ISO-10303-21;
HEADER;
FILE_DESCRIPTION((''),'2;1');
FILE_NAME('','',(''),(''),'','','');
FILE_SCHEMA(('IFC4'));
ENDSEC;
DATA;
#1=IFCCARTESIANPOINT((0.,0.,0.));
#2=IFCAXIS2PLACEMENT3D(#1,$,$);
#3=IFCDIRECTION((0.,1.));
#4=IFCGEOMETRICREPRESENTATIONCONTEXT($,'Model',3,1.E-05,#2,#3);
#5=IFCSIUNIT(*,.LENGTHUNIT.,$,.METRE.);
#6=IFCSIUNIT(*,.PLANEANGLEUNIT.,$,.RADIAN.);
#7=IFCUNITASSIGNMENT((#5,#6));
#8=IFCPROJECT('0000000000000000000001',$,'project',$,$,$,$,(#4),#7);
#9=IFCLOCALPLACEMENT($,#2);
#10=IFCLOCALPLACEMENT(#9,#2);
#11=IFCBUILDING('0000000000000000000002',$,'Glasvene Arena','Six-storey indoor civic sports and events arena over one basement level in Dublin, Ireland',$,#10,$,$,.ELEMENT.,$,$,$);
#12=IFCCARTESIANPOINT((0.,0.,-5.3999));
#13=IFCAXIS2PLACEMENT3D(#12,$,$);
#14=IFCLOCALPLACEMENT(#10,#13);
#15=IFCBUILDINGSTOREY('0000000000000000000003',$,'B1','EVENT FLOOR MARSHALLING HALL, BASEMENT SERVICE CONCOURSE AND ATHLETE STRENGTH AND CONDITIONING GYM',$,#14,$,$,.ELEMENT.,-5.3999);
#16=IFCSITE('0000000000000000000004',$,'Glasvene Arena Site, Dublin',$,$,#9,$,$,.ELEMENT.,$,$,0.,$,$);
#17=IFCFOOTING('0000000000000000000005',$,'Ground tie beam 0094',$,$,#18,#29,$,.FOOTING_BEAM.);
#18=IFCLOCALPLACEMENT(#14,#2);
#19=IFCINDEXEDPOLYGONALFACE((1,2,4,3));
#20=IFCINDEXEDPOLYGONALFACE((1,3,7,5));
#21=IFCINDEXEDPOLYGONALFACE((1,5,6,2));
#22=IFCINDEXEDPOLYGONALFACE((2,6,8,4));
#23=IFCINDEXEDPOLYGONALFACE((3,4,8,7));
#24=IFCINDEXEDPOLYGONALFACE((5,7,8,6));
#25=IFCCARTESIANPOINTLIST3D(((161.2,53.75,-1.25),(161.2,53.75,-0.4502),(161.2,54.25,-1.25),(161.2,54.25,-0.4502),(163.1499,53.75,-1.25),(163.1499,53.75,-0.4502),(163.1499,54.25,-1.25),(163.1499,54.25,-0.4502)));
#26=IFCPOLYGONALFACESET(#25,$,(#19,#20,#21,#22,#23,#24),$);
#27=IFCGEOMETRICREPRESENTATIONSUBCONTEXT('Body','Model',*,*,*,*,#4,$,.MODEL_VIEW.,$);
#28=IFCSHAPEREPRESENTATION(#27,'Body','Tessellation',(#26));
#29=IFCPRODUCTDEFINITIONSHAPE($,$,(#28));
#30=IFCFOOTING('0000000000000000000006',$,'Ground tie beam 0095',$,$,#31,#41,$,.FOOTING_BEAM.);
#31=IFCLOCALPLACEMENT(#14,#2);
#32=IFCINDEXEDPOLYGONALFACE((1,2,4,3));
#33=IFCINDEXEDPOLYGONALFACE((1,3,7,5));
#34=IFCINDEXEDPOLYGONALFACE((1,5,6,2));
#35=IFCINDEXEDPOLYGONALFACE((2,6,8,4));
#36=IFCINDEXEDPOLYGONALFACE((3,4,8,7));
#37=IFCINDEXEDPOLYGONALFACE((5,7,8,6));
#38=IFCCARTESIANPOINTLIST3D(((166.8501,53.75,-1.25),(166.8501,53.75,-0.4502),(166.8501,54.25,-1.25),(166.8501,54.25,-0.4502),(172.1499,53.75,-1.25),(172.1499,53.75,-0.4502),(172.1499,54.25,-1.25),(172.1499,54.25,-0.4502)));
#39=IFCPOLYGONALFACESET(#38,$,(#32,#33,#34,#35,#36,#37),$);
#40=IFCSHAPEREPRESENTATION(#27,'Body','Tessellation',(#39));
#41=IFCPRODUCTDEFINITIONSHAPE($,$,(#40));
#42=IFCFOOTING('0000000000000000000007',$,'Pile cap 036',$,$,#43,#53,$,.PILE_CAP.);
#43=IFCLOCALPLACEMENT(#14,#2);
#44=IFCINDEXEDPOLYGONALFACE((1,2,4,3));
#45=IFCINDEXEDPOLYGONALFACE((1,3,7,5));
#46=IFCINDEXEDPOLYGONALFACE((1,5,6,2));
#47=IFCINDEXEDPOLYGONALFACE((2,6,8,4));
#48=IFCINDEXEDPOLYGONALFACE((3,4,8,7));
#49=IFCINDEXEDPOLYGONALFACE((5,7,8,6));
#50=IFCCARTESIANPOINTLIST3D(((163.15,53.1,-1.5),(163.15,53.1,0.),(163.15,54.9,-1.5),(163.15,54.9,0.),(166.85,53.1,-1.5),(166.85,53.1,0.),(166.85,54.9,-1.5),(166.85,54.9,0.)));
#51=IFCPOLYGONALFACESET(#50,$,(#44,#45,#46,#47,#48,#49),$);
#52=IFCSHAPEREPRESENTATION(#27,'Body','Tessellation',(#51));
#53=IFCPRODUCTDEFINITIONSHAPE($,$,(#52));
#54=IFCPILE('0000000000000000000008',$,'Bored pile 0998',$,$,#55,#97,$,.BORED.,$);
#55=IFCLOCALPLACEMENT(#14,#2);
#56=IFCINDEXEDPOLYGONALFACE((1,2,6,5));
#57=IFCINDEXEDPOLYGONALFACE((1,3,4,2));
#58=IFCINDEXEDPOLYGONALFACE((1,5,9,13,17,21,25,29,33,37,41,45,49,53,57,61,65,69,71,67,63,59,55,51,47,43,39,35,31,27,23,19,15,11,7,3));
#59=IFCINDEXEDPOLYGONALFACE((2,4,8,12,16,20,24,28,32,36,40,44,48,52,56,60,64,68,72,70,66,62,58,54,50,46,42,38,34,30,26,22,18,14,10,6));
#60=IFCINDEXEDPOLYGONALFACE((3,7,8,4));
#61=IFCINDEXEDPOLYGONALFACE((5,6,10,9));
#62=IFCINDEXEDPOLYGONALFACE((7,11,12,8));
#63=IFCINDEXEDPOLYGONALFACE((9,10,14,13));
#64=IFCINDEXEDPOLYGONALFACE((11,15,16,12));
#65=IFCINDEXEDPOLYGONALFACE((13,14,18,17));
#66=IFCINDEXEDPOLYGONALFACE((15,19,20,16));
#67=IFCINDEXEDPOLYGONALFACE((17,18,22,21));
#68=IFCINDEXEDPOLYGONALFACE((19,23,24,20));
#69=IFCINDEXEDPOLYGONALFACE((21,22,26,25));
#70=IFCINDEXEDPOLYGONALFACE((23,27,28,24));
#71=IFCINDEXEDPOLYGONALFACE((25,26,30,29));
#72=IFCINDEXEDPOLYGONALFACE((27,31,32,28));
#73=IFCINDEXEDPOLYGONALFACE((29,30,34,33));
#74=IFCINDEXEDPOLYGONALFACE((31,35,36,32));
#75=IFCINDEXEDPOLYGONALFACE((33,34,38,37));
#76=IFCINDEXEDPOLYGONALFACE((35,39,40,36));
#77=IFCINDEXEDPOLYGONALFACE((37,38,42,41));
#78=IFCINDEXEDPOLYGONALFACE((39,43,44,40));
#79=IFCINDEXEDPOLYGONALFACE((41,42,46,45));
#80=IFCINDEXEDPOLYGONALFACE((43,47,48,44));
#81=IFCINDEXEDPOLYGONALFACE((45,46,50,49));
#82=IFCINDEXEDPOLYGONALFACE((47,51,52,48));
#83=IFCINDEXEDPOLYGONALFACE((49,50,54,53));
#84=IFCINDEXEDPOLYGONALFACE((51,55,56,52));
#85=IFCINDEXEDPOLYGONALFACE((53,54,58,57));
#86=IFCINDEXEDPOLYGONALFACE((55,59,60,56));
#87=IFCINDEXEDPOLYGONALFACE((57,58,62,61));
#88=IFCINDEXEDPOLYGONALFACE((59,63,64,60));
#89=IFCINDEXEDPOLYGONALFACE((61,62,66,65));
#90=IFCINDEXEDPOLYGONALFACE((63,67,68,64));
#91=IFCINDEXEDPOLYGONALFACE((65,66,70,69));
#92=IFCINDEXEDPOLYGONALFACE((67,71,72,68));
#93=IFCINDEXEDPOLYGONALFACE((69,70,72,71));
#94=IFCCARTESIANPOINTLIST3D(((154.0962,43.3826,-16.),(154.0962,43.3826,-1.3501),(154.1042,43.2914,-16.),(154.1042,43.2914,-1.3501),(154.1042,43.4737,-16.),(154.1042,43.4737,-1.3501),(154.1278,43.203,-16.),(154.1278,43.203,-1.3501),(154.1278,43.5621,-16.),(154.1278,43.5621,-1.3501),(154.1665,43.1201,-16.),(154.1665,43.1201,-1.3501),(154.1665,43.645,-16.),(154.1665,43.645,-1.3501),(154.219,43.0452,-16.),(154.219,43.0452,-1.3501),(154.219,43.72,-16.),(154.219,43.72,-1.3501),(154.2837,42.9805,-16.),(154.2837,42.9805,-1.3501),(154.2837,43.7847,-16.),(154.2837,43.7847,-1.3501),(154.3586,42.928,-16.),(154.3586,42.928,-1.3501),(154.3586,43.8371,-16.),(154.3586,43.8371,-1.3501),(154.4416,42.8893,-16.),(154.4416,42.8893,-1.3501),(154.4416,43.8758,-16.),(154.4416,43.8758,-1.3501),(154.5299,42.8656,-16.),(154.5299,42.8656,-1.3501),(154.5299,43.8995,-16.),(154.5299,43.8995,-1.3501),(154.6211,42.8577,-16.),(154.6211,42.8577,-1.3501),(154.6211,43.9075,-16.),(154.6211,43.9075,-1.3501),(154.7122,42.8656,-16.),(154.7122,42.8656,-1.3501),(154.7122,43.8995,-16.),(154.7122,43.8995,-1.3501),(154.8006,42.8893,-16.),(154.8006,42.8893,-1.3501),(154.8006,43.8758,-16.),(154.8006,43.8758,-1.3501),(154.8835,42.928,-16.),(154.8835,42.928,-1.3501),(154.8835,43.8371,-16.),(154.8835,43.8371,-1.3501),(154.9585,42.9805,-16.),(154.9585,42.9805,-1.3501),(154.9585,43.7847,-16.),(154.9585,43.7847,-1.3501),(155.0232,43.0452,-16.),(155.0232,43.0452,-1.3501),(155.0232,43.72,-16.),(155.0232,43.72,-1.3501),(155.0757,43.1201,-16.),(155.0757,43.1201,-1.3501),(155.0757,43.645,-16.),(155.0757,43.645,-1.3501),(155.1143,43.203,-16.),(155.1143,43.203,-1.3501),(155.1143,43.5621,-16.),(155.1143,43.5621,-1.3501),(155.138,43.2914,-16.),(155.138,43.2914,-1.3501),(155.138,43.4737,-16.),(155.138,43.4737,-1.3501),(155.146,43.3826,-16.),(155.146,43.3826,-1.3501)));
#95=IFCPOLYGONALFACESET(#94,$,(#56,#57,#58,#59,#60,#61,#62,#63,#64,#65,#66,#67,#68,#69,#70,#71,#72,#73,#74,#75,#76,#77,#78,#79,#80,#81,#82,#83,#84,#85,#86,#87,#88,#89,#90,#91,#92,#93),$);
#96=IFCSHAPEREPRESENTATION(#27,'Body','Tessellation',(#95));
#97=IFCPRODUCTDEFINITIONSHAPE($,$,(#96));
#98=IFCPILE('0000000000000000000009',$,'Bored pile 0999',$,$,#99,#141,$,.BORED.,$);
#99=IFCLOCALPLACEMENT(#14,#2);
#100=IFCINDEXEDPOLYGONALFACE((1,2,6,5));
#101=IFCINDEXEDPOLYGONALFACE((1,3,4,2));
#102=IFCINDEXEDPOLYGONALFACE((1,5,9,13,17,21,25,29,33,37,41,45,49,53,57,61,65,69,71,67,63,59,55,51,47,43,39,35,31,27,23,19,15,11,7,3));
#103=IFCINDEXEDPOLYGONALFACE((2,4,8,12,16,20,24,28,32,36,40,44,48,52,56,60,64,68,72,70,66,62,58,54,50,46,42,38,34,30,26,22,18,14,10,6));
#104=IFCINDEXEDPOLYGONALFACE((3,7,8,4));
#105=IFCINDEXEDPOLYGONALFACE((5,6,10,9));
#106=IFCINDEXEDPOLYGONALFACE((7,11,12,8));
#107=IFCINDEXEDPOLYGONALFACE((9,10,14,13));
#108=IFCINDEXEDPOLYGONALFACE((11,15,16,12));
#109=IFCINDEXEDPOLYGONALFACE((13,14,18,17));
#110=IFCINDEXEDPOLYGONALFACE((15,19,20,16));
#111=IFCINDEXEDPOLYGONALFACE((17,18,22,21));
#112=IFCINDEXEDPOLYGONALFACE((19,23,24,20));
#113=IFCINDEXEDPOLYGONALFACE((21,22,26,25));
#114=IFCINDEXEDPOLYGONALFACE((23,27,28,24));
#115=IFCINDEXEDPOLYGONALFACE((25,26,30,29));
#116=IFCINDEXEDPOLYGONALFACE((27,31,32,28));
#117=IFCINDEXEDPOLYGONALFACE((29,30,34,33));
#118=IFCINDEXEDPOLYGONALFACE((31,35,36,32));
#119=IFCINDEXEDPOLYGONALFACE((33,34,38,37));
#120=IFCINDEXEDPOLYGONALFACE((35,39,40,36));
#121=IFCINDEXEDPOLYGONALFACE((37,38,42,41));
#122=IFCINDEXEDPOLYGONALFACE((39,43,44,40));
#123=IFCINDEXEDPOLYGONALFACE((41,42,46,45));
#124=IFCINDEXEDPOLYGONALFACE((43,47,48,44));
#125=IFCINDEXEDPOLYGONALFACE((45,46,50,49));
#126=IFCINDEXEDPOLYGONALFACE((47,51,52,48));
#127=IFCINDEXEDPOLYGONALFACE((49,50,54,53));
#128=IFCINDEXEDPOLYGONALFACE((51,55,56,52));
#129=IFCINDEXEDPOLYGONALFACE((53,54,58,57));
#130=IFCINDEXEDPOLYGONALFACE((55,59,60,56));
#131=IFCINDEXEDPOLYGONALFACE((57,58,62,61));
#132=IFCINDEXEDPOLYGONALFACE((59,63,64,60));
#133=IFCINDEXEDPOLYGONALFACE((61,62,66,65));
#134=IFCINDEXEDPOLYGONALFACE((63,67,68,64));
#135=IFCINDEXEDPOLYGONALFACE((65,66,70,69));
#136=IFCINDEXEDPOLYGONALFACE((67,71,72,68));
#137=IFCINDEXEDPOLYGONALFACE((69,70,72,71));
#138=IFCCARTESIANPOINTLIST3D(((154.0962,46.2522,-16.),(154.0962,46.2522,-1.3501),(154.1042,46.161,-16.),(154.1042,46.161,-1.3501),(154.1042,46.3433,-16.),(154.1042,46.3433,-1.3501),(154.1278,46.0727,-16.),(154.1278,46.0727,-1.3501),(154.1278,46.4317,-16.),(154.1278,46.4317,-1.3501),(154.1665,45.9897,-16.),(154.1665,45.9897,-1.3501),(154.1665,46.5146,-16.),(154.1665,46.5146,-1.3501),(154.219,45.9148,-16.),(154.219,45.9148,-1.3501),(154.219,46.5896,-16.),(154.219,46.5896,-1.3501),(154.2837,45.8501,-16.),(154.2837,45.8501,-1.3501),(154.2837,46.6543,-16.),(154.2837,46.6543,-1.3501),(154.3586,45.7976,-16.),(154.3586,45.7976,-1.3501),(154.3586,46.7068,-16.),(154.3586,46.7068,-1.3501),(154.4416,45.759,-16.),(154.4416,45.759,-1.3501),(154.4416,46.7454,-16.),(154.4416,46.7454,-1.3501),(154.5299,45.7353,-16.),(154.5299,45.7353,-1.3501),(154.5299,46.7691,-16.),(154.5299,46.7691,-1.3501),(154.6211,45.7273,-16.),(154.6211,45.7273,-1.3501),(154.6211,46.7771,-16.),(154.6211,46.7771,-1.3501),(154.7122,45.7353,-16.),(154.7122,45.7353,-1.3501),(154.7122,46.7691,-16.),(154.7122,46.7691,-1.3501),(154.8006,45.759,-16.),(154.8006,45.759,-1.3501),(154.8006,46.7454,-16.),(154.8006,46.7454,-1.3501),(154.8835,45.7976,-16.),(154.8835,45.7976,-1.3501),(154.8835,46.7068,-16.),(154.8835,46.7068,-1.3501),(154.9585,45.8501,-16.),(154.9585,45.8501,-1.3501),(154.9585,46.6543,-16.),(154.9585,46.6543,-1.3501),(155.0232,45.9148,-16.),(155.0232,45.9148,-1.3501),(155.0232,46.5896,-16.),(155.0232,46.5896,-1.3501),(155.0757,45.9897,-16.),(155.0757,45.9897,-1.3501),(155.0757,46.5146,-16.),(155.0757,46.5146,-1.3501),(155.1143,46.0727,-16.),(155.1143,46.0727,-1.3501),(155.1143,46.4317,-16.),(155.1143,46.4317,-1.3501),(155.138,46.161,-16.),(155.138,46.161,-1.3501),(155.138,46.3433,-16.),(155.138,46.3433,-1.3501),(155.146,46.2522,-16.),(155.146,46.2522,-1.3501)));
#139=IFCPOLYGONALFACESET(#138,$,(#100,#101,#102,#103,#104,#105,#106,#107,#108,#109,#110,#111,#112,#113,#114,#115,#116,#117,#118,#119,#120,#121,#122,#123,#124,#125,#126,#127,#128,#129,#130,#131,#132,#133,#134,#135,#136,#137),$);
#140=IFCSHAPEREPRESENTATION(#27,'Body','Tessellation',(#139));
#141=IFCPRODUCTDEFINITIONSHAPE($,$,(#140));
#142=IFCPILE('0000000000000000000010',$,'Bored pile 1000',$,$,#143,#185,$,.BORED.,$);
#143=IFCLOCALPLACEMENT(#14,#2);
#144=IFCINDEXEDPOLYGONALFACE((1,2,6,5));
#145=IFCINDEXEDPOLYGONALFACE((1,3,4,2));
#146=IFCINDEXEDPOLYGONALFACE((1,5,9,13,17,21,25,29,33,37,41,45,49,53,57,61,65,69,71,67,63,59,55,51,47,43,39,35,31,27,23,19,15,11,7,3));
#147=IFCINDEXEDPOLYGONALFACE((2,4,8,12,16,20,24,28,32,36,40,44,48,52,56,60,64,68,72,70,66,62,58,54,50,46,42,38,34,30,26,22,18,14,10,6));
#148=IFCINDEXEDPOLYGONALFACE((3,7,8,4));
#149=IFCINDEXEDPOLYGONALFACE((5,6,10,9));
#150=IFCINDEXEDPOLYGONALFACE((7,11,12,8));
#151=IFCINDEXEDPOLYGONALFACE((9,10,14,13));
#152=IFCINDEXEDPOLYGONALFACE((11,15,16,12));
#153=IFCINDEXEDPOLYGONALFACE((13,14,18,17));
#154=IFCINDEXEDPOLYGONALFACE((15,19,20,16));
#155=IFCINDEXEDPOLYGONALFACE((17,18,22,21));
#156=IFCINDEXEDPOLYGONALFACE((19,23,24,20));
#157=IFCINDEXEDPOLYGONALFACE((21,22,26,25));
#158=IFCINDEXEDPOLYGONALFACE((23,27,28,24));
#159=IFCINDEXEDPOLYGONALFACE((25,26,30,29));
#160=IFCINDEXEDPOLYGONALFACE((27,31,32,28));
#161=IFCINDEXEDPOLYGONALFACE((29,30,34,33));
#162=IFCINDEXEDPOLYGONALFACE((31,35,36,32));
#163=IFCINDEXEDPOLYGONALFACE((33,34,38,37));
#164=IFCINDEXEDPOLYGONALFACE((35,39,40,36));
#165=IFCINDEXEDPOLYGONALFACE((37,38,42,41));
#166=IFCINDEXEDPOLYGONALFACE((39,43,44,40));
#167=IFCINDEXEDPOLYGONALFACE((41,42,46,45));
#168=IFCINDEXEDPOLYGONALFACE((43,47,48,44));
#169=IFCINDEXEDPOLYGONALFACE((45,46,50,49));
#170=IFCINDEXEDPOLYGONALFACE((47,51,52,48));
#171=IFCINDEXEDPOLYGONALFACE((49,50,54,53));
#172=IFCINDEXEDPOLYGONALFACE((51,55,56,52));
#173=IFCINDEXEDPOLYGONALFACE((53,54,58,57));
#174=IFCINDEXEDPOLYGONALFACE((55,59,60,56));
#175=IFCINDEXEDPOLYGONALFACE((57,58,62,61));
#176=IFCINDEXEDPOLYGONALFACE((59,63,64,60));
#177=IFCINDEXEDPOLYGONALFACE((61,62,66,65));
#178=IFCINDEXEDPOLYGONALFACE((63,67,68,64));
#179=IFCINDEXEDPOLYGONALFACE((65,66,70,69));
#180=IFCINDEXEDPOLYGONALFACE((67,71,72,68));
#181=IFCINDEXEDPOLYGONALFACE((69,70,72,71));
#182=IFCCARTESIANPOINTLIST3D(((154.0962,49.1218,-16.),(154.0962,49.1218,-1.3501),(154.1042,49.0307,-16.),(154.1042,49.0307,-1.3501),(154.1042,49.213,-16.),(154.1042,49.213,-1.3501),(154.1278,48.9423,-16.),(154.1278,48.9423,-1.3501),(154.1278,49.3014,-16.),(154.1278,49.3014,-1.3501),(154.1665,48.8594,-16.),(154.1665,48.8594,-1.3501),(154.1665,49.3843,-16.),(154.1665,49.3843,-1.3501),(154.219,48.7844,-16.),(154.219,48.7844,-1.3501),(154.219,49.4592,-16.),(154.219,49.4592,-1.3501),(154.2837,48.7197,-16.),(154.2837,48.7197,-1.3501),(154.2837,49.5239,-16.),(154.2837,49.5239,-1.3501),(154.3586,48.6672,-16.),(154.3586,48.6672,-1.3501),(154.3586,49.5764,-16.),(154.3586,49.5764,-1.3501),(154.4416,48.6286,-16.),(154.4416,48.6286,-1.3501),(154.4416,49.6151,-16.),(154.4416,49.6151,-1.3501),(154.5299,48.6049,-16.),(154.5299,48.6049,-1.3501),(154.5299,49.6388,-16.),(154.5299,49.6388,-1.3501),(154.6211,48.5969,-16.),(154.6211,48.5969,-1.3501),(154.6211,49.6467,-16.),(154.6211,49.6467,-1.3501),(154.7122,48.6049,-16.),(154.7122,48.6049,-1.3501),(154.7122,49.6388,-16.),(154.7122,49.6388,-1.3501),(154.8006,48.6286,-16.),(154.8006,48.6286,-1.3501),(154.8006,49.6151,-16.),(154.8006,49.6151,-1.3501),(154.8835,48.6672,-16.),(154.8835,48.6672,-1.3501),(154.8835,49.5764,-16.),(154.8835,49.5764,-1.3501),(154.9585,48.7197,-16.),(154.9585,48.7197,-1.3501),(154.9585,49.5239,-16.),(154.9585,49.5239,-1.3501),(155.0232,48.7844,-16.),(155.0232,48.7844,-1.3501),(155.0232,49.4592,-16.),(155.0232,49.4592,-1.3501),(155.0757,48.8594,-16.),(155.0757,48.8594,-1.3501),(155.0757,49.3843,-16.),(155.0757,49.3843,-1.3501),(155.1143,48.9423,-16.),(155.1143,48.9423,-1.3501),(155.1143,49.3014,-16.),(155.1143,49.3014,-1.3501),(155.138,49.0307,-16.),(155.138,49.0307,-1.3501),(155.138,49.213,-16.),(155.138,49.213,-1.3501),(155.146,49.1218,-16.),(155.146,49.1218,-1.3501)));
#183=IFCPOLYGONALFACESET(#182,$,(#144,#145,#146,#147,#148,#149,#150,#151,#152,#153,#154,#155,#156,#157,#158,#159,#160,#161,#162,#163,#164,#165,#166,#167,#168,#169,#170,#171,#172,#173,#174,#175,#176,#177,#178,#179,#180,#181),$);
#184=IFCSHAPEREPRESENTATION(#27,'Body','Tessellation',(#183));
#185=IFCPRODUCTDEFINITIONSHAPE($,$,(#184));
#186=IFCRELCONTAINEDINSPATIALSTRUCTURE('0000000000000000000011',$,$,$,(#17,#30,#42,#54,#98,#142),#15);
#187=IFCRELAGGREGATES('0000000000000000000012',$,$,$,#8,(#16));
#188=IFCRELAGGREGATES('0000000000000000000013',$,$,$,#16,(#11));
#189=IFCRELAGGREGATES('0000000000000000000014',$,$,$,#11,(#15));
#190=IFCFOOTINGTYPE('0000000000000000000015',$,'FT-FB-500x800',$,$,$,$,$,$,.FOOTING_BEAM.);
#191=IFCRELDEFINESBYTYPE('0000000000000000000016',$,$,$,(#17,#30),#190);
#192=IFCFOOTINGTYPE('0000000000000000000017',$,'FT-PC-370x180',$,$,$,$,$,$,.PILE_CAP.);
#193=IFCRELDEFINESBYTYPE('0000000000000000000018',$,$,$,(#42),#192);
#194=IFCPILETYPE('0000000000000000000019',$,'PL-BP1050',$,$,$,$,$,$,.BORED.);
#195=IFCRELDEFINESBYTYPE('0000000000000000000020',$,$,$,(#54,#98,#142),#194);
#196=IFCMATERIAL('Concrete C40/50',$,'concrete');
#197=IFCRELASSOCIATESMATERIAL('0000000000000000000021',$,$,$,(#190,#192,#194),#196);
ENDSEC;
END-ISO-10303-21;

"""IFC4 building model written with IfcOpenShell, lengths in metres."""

from ifc_helpers import new_model, si_unit, direction, frame, origin, origin_2d, place, context, subcontext, project, spatial, polyline, rectangle, circle, outline, extrude, material, material_profile, profile_set, type_object, element, save


model = new_model("IFC4")

# Units and contexts
model_context = context("Model", 3, precision=1e-05, world=origin(), true_north=direction((0.0, 1.0)))
body_context = subcontext(model_context, "Body", "Model", "MODEL_VIEW")
ifc_project = project(units=[si_unit("LENGTHUNIT", "METRE"), si_unit("PLANEANGLEUNIT", "RADIAN")], contexts=[model_context])

# Site, building, storey
site_placement = place(None, origin())
site = spatial("IfcSite", under=ifc_project, at=site_placement, Name="Glasvene Arena Site, Dublin", CompositionType="ELEMENT", RefElevation=0.0)
building_placement = place(site_placement, origin())
building = spatial("IfcBuilding", under=site, at=building_placement, Name="Glasvene Arena", Description="Six-storey indoor civic sports and events arena over one basement level in Dublin, Ireland", CompositionType="ELEMENT")
storey_placement = place(building_placement, frame((0.0, 0.0, -5.3999)))
storey = spatial("IfcBuildingStorey", under=building, at=storey_placement, Name="B1", Description="EVENT FLOOR MARSHALLING HALL, BASEMENT SERVICE CONCOURSE AND ATHLETE STRENGTH AND CONDITIONING GYM", CompositionType="ELEMENT", Elevation=-5.3999)

# Footings
ifc_material_1 = material(Name="Concrete C40/50", Category="concrete")
footing_type_1 = type_object("IfcFootingType", Name="FT-FB-500x800", PredefinedType="FOOTING_BEAM", material=ifc_material_1)
footing_1_placement = place(storey_placement, frame((162.175, 54.0, -1.25)))
element("IfcFooting", 1, at=footing_1_placement, inside=storey, type_object=footing_type_1, Name="Ground tie beam 0094", PredefinedType="FOOTING_BEAM", context=body_context, shape_type="SweptSolid", body=[
    extrude(outline(polyline([(-0.9751, -0.25), (0.9749, -0.25), (0.9749, 0.25), (-0.9751, 0.25), (-0.9751, -0.25)])), origin(), (0.0, 0.0, 1.0), 0.7998),
])
footing_2_placement = place(storey_placement, frame((169.5, 54.0, -1.25)))
element("IfcFooting", 2, at=footing_2_placement, inside=storey, type_object=footing_type_1, Name="Ground tie beam 0095", PredefinedType="FOOTING_BEAM", context=body_context, shape_type="SweptSolid", body=[
    extrude(outline(polyline([(-2.6499, -0.25), (2.6499, -0.25), (2.6499, 0.25), (-2.6499, 0.25), (-2.6499, -0.25)])), origin(), (0.0, 0.0, 1.0), 0.7998),
])
footing_type_2 = type_object("IfcFootingType", Name="FT-PC-370x180", PredefinedType="PILE_CAP", material=ifc_material_1)
footing_3_placement = place(storey_placement, frame((165.0, 54.0, -1.5), z_axis=(0.0, 0.0, 1.0), x_axis=(1.0, 0.0, 0.0)))
element("IfcFooting", 3, at=footing_3_placement, inside=storey, type_object=footing_type_2, Name="Pile cap 036", PredefinedType="PILE_CAP", context=body_context, shape_type="SweptSolid", body=[
    extrude(rectangle(XDim=3.7, YDim=1.8, at=origin_2d()), origin(), (0.0, 0.0, 1.0), 1.5),
])

# Piles
ifc_material_profile_1 = material_profile(ifc_material_1, circle(Radius=0.5249, at=origin_2d()), Name="BORED PILE 1050")
ifc_profile_set_1 = profile_set([ifc_material_profile_1], Name="Concrete C40/50")
pile_type_1 = type_object("IfcPileType", Name="PL-BP1050", PredefinedType="BORED", material=ifc_profile_set_1)
for number, where, z_axis, x_axis, name in (
    (4, (154.6211, 43.3826, -1.3501), (0.0, 0.0, -1.0), (1.0, 0.0, 0.0), "Bored pile 0998"),
    (5, (154.6211, 46.2522, -1.3501), (0.0, 0.0, -1.0), (1.0, 0.0, 0.0), "Bored pile 0999"),
    (6, (154.6211, 49.1218, -1.3501), (0.0, 0.0, -1.0), (1.0, 0.0, 0.0), "Bored pile 1000"),
):
    element("IfcPile", number, at=place(storey_placement, frame(where, z_axis=z_axis, x_axis=x_axis)), inside=storey, type_object=pile_type_1, Name=name, PredefinedType="BORED", context=body_context, shape_type="SweptSolid", body=[
        extrude(circle(Radius=0.5249, at=origin_2d()), origin(), (0.0, 0.0, 1.0), 14.6499),
    ])

save(model, "model.ifc")
